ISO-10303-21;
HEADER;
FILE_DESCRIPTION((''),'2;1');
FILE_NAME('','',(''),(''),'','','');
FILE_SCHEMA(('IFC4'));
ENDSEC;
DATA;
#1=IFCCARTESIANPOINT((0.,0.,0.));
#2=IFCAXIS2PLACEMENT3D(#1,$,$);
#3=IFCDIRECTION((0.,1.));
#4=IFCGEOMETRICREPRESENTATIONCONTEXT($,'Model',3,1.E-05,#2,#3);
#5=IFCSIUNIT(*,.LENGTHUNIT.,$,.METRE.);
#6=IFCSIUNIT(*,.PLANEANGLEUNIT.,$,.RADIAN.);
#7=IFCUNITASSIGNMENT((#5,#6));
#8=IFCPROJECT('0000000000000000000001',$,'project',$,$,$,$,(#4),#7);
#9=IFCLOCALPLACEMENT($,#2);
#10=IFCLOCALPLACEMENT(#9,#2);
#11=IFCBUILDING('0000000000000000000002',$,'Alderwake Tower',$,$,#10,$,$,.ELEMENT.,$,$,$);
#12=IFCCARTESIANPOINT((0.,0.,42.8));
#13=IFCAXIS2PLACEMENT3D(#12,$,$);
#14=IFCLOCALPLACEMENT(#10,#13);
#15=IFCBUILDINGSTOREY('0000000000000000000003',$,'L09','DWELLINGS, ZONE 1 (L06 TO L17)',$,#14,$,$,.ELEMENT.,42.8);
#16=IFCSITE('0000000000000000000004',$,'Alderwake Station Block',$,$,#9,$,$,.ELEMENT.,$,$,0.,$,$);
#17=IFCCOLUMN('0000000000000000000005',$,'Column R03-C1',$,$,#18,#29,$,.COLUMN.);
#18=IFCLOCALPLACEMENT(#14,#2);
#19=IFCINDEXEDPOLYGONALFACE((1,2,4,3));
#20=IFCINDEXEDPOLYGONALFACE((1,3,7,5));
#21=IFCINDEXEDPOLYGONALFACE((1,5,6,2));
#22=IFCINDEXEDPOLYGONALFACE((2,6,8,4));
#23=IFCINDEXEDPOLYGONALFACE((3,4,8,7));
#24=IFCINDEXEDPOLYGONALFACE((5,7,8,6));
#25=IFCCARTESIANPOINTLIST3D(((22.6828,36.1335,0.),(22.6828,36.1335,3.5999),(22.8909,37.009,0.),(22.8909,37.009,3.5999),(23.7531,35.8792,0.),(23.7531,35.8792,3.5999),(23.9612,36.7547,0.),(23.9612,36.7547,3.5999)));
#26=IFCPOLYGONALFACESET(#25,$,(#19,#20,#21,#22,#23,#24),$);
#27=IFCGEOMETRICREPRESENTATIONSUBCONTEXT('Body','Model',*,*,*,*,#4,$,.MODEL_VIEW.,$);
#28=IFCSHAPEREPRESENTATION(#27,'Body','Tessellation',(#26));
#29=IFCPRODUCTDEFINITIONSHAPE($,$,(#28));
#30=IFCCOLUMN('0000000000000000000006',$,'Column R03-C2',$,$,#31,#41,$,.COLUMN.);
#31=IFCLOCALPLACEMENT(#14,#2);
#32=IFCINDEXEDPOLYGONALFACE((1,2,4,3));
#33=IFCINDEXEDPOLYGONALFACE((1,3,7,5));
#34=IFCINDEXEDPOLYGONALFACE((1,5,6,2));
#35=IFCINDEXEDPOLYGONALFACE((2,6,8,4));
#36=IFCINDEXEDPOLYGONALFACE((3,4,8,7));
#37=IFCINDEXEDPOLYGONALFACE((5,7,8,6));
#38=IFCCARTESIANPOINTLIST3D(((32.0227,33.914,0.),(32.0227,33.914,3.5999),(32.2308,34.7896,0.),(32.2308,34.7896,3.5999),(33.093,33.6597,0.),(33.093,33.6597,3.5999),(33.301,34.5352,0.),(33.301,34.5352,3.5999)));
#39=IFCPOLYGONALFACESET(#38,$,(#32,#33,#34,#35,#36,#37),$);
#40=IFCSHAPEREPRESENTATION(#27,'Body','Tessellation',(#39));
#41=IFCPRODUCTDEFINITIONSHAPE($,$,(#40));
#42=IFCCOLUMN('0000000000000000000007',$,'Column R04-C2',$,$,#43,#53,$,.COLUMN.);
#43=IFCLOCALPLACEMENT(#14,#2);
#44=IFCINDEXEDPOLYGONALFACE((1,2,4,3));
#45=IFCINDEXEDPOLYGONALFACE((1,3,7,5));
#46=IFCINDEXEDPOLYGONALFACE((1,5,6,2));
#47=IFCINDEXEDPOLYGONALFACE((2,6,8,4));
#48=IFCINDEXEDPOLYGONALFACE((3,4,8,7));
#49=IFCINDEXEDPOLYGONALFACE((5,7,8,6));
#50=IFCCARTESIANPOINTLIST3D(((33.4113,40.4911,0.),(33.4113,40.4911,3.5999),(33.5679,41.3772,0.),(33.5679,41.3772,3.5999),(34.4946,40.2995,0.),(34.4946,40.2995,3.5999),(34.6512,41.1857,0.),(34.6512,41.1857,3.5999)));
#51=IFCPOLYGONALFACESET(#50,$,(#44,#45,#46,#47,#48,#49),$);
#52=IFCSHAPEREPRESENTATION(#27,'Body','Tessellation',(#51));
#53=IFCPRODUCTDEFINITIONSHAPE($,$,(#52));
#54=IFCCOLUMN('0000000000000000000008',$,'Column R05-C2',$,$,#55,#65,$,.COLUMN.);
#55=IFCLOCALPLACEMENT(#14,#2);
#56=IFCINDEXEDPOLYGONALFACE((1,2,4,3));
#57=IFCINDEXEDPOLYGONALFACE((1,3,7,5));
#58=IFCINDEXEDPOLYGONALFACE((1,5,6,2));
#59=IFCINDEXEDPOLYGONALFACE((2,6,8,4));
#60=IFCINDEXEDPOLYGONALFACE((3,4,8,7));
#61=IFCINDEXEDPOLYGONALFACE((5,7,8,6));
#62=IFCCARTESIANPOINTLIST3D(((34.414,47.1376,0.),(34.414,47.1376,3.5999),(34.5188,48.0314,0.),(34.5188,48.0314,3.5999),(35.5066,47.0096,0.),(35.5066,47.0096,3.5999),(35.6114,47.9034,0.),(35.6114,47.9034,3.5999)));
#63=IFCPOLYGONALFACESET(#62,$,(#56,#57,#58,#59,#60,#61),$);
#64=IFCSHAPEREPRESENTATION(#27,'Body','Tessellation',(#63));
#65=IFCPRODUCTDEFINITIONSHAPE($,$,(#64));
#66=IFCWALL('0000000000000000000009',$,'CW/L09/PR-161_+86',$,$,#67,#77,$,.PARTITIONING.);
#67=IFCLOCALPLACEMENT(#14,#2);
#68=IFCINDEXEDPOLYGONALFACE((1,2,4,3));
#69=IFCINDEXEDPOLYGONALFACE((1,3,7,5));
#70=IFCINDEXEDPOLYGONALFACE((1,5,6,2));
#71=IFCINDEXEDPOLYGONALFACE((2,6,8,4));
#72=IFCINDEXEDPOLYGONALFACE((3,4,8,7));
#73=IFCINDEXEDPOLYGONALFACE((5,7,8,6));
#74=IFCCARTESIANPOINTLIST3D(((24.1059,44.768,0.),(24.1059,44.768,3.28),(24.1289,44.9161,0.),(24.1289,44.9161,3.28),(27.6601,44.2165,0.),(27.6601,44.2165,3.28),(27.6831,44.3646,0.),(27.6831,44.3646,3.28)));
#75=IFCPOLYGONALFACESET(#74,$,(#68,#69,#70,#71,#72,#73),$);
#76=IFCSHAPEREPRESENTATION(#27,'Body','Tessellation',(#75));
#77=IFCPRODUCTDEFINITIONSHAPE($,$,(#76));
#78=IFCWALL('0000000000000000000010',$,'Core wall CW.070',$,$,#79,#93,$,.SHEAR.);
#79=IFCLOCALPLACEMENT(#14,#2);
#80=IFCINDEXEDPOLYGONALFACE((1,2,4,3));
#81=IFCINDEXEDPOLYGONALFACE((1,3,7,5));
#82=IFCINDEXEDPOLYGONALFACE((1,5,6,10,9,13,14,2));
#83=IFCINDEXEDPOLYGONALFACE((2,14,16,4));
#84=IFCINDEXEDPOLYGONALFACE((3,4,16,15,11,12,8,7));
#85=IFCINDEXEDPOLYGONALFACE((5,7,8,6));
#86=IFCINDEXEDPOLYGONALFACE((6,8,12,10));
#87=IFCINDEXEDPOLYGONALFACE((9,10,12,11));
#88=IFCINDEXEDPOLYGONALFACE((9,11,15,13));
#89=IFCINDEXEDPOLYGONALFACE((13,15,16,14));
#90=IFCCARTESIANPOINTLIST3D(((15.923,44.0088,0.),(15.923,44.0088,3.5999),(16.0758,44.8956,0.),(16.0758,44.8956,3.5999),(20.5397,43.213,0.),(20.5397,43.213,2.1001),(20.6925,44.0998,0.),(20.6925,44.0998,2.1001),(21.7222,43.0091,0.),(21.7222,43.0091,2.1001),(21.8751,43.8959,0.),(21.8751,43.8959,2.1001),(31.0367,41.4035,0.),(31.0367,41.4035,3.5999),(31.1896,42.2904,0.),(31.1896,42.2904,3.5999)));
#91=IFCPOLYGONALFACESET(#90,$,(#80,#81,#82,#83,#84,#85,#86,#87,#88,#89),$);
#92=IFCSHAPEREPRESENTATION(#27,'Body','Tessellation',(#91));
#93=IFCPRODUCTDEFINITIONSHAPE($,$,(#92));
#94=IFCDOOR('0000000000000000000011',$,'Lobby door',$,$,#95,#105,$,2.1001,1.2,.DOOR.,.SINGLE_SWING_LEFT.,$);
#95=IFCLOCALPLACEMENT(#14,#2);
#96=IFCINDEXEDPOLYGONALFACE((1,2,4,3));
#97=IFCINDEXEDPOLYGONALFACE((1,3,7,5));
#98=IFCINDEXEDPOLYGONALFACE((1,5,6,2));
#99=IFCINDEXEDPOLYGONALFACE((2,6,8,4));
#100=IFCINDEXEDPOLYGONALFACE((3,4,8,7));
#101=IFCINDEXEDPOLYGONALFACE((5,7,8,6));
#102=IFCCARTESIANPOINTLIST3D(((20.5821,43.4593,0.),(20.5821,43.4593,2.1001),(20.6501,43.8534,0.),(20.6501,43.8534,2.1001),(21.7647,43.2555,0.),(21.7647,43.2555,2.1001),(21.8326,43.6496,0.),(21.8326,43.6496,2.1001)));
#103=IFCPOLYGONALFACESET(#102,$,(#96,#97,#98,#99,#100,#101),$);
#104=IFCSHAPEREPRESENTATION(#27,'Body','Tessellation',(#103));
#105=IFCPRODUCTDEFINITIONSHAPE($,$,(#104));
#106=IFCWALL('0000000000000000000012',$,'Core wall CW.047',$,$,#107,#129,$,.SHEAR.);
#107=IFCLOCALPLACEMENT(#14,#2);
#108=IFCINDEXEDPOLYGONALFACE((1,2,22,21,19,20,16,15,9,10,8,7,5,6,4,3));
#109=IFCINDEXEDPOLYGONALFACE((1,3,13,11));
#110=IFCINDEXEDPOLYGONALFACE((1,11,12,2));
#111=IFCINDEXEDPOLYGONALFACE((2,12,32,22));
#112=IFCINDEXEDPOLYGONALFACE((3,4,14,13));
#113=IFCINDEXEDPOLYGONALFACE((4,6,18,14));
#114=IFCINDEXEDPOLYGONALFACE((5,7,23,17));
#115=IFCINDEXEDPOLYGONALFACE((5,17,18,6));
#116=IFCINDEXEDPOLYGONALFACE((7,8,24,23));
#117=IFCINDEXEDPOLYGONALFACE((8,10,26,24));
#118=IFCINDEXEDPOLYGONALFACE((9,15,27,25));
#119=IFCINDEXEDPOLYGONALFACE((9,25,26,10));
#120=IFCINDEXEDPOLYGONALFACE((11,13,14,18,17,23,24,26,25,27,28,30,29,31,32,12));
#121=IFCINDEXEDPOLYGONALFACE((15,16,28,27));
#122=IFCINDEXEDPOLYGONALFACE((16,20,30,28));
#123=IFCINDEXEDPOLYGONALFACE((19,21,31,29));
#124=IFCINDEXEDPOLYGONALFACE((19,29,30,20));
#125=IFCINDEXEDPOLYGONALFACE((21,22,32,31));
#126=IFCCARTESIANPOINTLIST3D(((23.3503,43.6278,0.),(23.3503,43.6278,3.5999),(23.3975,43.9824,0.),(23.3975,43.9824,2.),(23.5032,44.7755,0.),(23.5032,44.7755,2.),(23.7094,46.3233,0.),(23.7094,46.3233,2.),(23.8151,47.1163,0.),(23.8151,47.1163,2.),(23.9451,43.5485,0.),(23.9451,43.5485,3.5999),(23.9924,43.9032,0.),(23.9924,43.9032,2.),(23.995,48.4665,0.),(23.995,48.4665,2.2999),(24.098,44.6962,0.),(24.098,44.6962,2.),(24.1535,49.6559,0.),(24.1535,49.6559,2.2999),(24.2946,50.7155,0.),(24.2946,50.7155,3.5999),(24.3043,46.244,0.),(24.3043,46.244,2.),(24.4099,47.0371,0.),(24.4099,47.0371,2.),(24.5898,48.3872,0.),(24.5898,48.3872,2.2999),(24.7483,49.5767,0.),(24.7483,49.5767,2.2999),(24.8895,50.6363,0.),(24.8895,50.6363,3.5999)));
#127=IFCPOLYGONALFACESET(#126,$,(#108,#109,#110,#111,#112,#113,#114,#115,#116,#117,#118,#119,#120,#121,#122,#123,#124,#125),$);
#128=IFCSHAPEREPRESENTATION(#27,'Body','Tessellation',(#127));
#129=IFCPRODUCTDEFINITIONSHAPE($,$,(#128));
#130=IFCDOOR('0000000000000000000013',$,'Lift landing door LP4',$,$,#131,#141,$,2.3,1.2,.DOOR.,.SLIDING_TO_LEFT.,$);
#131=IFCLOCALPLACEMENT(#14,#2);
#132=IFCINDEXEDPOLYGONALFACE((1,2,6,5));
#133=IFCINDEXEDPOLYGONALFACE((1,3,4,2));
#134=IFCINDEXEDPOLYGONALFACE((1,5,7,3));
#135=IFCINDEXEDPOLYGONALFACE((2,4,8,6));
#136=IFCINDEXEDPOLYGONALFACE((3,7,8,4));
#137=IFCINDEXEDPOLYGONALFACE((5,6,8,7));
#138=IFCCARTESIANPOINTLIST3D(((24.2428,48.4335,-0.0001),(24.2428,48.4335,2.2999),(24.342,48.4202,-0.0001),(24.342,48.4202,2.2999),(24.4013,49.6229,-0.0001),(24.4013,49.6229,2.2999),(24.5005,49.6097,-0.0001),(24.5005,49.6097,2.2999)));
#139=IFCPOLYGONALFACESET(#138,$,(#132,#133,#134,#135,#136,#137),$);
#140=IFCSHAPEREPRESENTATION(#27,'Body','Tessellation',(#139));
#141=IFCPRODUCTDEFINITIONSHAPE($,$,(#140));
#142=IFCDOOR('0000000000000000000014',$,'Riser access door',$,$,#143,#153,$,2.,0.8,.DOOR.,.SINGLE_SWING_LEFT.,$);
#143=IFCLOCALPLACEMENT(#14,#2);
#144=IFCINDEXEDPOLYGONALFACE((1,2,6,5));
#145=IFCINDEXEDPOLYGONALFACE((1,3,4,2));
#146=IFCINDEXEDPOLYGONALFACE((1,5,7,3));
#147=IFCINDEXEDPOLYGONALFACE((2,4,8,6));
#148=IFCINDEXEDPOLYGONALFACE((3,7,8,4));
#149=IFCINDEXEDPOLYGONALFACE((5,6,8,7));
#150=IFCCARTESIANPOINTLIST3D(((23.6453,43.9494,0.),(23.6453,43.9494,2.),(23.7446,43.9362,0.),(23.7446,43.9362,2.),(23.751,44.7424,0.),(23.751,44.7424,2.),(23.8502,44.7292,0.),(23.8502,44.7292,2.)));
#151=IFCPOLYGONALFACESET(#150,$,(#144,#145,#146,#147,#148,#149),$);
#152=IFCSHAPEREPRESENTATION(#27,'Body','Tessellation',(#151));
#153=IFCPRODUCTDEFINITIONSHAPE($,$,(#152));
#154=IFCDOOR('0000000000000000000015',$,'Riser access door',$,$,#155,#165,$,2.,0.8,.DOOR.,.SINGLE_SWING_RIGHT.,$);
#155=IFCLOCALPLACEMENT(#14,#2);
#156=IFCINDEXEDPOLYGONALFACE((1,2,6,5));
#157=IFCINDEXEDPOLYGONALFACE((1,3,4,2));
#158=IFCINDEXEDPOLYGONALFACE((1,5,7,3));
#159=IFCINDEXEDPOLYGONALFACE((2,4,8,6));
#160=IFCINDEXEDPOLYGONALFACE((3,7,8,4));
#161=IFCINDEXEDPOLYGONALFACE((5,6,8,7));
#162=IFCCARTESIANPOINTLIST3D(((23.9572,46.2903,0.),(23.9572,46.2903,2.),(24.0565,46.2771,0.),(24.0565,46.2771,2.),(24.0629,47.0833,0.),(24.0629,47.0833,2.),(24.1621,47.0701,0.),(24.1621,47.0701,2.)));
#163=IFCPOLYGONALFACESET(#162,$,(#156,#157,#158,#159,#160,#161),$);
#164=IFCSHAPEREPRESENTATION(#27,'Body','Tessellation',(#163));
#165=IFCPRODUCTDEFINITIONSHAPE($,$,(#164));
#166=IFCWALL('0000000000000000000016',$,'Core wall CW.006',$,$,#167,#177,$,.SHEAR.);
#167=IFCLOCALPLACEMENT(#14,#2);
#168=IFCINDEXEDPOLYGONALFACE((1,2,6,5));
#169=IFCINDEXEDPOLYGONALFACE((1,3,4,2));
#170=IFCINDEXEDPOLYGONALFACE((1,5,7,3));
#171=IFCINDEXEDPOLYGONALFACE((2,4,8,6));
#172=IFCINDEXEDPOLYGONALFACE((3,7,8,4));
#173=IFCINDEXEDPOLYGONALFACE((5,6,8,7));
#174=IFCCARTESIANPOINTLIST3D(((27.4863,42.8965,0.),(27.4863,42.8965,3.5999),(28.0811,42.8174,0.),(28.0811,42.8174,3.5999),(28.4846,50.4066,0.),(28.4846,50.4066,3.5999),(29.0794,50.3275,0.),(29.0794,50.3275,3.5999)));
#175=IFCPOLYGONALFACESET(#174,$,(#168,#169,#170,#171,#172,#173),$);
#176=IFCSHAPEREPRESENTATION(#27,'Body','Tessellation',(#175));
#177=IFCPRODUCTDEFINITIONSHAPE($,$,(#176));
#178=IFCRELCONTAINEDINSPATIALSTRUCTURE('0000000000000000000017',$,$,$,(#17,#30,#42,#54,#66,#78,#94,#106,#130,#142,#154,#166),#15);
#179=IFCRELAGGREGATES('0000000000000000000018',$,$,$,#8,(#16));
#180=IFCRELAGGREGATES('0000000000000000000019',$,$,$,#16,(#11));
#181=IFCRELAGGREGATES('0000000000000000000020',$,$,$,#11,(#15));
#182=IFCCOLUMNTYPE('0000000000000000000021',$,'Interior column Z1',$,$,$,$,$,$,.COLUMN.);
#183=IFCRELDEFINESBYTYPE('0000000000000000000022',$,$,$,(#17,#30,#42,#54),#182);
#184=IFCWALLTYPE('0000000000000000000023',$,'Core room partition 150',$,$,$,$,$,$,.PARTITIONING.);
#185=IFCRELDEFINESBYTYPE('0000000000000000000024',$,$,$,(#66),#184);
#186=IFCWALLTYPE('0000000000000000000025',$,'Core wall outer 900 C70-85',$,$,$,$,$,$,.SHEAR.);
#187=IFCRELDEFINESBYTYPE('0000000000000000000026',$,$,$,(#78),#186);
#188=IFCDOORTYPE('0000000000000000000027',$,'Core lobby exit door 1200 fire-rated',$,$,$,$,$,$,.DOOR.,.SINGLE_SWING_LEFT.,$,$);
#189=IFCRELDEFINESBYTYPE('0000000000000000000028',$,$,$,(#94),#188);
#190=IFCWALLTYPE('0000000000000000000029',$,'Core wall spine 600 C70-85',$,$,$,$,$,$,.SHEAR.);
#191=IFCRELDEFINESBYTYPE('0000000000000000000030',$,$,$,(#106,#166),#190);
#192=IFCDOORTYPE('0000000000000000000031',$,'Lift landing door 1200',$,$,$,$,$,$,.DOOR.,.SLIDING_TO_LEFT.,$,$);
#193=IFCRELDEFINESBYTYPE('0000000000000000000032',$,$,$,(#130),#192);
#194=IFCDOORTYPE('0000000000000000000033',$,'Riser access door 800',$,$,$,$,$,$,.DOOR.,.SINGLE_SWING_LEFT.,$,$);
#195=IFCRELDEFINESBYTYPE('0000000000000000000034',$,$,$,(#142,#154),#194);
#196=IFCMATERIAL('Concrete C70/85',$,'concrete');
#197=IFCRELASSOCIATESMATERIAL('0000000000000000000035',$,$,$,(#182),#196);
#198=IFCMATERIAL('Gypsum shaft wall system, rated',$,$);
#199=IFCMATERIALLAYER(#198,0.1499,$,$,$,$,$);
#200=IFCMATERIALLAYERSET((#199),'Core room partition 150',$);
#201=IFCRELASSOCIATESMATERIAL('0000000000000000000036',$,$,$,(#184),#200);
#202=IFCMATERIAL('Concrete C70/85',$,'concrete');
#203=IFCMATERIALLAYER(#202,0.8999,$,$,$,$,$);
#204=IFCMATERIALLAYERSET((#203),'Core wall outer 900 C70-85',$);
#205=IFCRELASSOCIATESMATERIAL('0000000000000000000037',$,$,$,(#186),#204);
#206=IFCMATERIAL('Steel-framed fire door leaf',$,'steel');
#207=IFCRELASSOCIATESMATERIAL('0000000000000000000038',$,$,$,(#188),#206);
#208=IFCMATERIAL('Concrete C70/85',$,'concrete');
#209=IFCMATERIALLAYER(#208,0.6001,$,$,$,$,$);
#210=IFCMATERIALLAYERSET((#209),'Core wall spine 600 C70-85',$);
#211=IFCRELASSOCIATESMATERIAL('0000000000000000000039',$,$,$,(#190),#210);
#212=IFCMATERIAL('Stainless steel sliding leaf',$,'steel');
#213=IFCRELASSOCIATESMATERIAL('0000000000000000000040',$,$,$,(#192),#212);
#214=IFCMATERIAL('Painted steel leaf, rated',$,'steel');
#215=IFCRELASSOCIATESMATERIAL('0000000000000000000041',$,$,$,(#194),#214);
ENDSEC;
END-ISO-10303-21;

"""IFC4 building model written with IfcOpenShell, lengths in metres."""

from ifc_helpers import new_model, si_unit, direction, frame, frame_2d, origin, origin_2d, place, context, subcontext, project, spatial, rectangle, extrude, material, layer, layer_set, material_profile, profile_set, type_object, element, fill, save


model = new_model("IFC4")

# Units and contexts
model_context = context("Model", 3, precision=1e-05, world=origin(), true_north=direction((0.0, 1.0)))
body_context = subcontext(model_context, "Body", "Model", "MODEL_VIEW")
ifc_project = project(units=[si_unit("LENGTHUNIT", "METRE"), si_unit("PLANEANGLEUNIT", "RADIAN")], contexts=[model_context])

# Site, building, storey
site_placement = place(None, origin())
site = spatial("IfcSite", under=ifc_project, at=site_placement, Name="Alderwake Station Block", CompositionType="ELEMENT", RefElevation=0.0)
building_placement = place(site_placement, origin())
building = spatial("IfcBuilding", under=site, at=building_placement, Name="Alderwake Tower", CompositionType="ELEMENT")
storey_placement = place(building_placement, frame((0.0, 0.0, 42.8)))
storey = spatial("IfcBuildingStorey", under=building, at=storey_placement, Name="L09", Description="DWELLINGS, ZONE 1 (L06 TO L17)", CompositionType="ELEMENT", Elevation=42.8)

# Columns
ifc_material_1 = material(Name="Concrete C70/85", Category="concrete")
ifc_material_profile = material_profile(ifc_material_1, rectangle(XDim=0.8999, YDim=1.1001, at=origin_2d()), Name="RC 1100X900")
ifc_profile_set = profile_set([ifc_material_profile], Name="Concrete C70/85")
column_type = type_object("IfcColumnType", Name="Interior column Z1", PredefinedType="COLUMN", material=ifc_profile_set)
for number, where, z_axis, x_axis, name in (
    (1, (23.322, 36.4441, 0.0), (0.0, 0.0, 1.0), (0.231222, 0.972901, 0.0), "Column R03-C1"),
    (2, (32.6619, 34.2246, 0.0), (0.0, 0.0, 1.0), (0.231222, 0.972901, 0.0), "Column R03-C2"),
    (3, (34.0312, 40.8384, 0.0), (0.0, 0.0, 1.0), (0.174109, 0.984726, 0.0), "Column R04-C2"),
    (4, (35.0127, 47.5205, 0.0), (0.0, 0.0, 1.0), (0.116402, 0.993202, 0.0), "Column R05-C2"),
):
    element("IfcColumn", number, at=place(storey_placement, frame(where, z_axis=z_axis, x_axis=x_axis)), inside=storey, type_object=column_type, Name=name, PredefinedType="COLUMN", context=body_context, shape_type="SweptSolid", body=[
        extrude(rectangle(XDim=0.8999, YDim=1.1001, at=origin_2d()), origin(), (0.0, 0.0, 1.0), 3.5999),
    ])

# Wall
ifc_material_2 = material(Name="Gypsum shaft wall system, rated")
ifc_layer_1 = layer(ifc_material_2, 0.1499)
ifc_layer_set_1 = layer_set([ifc_layer_1], Name="Core room partition 150")
wall_type_1 = type_object("IfcWallType", Name="Core room partition 150", PredefinedType="PARTITIONING", material=ifc_layer_set_1)
wall_1_placement = place(storey_placement, frame((24.1174, 44.842, 0.0), z_axis=(0.0, 0.0, 1.0), x_axis=(0.988174, -0.153337, 0.0)))
element("IfcWall", 5, at=wall_1_placement, inside=storey, type_object=wall_type_1, Name="CW/L09/PR-161_+86", PredefinedType="PARTITIONING", context=body_context, shape_type="SweptSolid", body=[
    extrude(rectangle(XDim=3.5967, YDim=0.1499, at=frame_2d((1.7983, 0.0))), origin(), (0.0, 0.0, 1.0), 3.28),
])

# Wall, opening, door
ifc_material_3 = material(Name="Concrete C70/85", Category="concrete")
ifc_layer_2 = layer(ifc_material_3, 0.8999)
ifc_layer_set_2 = layer_set([ifc_layer_2], Name="Core wall outer 900 C70-85")
wall_type_2 = type_object("IfcWallType", Name="Core wall outer 900 C70-85", PredefinedType="SHEAR", material=ifc_layer_set_2)
wall_2_placement = place(storey_placement, frame((31.1133, 41.8469, 0.0), z_axis=(0.0, 0.0, 1.0), x_axis=(-0.985467, 0.169869, 0.0)))
wall_2 = element("IfcWall", 6, at=wall_2_placement, inside=storey, type_object=wall_type_2, Name="Core wall CW.070", PredefinedType="SHEAR", context=body_context, shape_type="SweptSolid", body=[
    extrude(rectangle(XDim=15.3367, YDim=0.8999, at=frame_2d((7.6685, 0.0))), origin(), (0.0, 0.0, 1.0), 3.5999),
])
opening_1_placement = place(wall_2_placement, frame((9.4519, 0.0, 0.0)))
opening_1 = element("IfcOpeningElement", 7, at=opening_1_placement, cuts=wall_2, PredefinedType="OPENING", context=body_context, shape_type="SweptSolid", body=[
    extrude(rectangle(XDim=1.2, YDim=2.1001, at=frame_2d((0.6001, 1.05))), frame((0.0, 0.46, 0.0), z_axis=(0.0, -1.0, 0.0), x_axis=(1.0, 0.0, 0.0)), (0.0, 0.0, 1.0), 0.9199),
])
ifc_material_4 = material(Name="Steel-framed fire door leaf", Category="steel")
door_type_1 = type_object("IfcDoorType", Name="Core lobby exit door 1200 fire-rated", OperationType="SINGLE_SWING_LEFT", PredefinedType="DOOR", material=ifc_material_4)
door_1_placement = place(opening_1_placement, origin())
door_1 = element("IfcDoor", 8, at=door_1_placement, inside=storey, type_object=door_type_1, Name="Lobby door", OperationType="SINGLE_SWING_LEFT", OverallHeight=2.1001, OverallWidth=1.2, PredefinedType="DOOR", context=body_context, shape_type="SweptSolid", body=[
    extrude(rectangle(XDim=1.2, YDim=2.1001, at=frame_2d((0.6001, 1.05))), frame((0.0, 0.2, 0.0), z_axis=(0.0, -1.0, 0.0), x_axis=(1.0, 0.0, 0.0)), (0.0, 0.0, 1.0), 0.3999),
])
fill(opening_1, door_1)

# Wall, openings, doors
ifc_material_5 = material(Name="Concrete C70/85", Category="concrete")
ifc_layer_3 = layer(ifc_material_5, 0.6001)
ifc_layer_set_3 = layer_set([ifc_layer_3], Name="Core wall spine 600 C70-85")
wall_type_3 = type_object("IfcWallType", Name="Core wall spine 600 C70-85", PredefinedType="SHEAR", material=ifc_layer_set_3)
wall_3_placement = place(storey_placement, frame((23.6477, 43.5881, 0.0), z_axis=(0.0, 0.0, 1.0), x_axis=(0.13207, 0.99124, 0.0)))
wall_3 = element("IfcWall", 9, at=wall_3_placement, inside=storey, type_object=wall_type_3, Name="Core wall CW.047", PredefinedType="SHEAR", context=body_context, shape_type="SweptSolid", body=[
    extrude(rectangle(XDim=7.1504, YDim=0.6001, at=frame_2d((3.5752, 0.0))), origin(), (0.0, 0.0, 1.0), 3.5999),
])
opening_2_placement = place(wall_3_placement, frame((4.8813, 0.0, 0.0)))
opening_2 = element("IfcOpeningElement", 10, at=opening_2_placement, cuts=wall_3, PredefinedType="OPENING", context=body_context, shape_type="SweptSolid", body=[
    extrude(rectangle(XDim=1.2, YDim=2.3, at=frame_2d((0.6001, 1.1499))), frame((0.0, 0.3101, 0.0), z_axis=(0.0, -1.0, 0.0), x_axis=(1.0, 0.0, 0.0)), (0.0, 0.0, 1.0), 0.6201),
])
opening_3_placement = place(wall_3_placement, frame((0.3579, 0.0, 0.0)))
opening_3 = element("IfcOpeningElement", 11, at=opening_3_placement, cuts=wall_3, PredefinedType="OPENING", context=body_context, shape_type="SweptSolid", body=[
    extrude(rectangle(XDim=0.8, YDim=2.0, at=frame_2d((0.3999, 1.0))), frame((0.0, 0.3101, 0.0), z_axis=(0.0, -1.0, 0.0), x_axis=(1.0, 0.0, 0.0)), (0.0, 0.0, 1.0), 0.6201),
])
opening_4_placement = place(wall_3_placement, frame((2.7195, 0.0, 0.0)))
opening_4 = element("IfcOpeningElement", 12, at=opening_4_placement, cuts=wall_3, PredefinedType="OPENING", context=body_context, shape_type="SweptSolid", body=[
    extrude(rectangle(XDim=0.8, YDim=2.0, at=frame_2d((0.3999, 1.0))), frame((0.0, 0.3101, 0.0), z_axis=(0.0, -1.0, 0.0), x_axis=(1.0, 0.0, 0.0)), (0.0, 0.0, 1.0), 0.6201),
])
ifc_material_6 = material(Name="Stainless steel sliding leaf", Category="steel")
door_type_2 = type_object("IfcDoorType", Name="Lift landing door 1200", OperationType="SLIDING_TO_LEFT", PredefinedType="DOOR", material=ifc_material_6)
door_2_placement = place(opening_2_placement, origin())
door_2 = element("IfcDoor", 13, at=door_2_placement, inside=storey, type_object=door_type_2, Name="Lift landing door LP4", OperationType="SLIDING_TO_LEFT", OverallHeight=2.3, OverallWidth=1.2, PredefinedType="DOOR", context=body_context, shape_type="SweptSolid", body=[
    extrude(rectangle(XDim=1.2, YDim=2.3, at=frame_2d((0.6001, 1.1499))), frame((0.0, 0.05, 0.0), z_axis=(0.0, -1.0, 0.0), x_axis=(1.0, 0.0, 0.0)), (0.0, 0.0, 1.0), 0.1001),
])
fill(opening_2, door_2)
ifc_material_7 = material(Name="Painted steel leaf, rated", Category="steel")
door_type_3 = type_object("IfcDoorType", Name="Riser access door 800", OperationType="SINGLE_SWING_LEFT", PredefinedType="DOOR", material=ifc_material_7)
door_3_placement = place(opening_3_placement, origin())
door_3 = element("IfcDoor", 14, at=door_3_placement, inside=storey, type_object=door_type_3, Name="Riser access door", OperationType="SINGLE_SWING_LEFT", OverallHeight=2.0, OverallWidth=0.8, PredefinedType="DOOR", context=body_context, shape_type="SweptSolid", body=[
    extrude(rectangle(XDim=0.8, YDim=2.0, at=frame_2d((0.3999, 1.0))), frame((0.0, 0.05, 0.0), z_axis=(0.0, -1.0, 0.0), x_axis=(1.0, 0.0, 0.0)), (0.0, 0.0, 1.0), 0.1001),
])
fill(opening_3, door_3)
door_4_placement = place(opening_4_placement, origin())
door_4 = element("IfcDoor", 15, at=door_4_placement, inside=storey, type_object=door_type_3, Name="Riser access door", OperationType="SINGLE_SWING_RIGHT", OverallHeight=2.0, OverallWidth=0.8, PredefinedType="DOOR", context=body_context, shape_type="SweptSolid", body=[
    extrude(rectangle(XDim=0.8, YDim=2.0, at=frame_2d((0.3999, 1.0))), frame((0.0, 0.05, 0.0), z_axis=(0.0, -1.0, 0.0), x_axis=(1.0, 0.0, 0.0)), (0.0, 0.0, 1.0), 0.1001),
])
fill(opening_4, door_4)

# Wall
wall_4_placement = place(storey_placement, frame((27.7837, 42.8569, 0.0), z_axis=(0.0, 0.0, 1.0), x_axis=(0.131769, 0.99128, 0.0)))
element("IfcWall", 16, at=wall_4_placement, inside=storey, type_object=wall_type_3, Name="Core wall CW.006", PredefinedType="SHEAR", context=body_context, shape_type="SweptSolid", body=[
    extrude(rectangle(XDim=7.5762, YDim=0.6001, at=frame_2d((3.7881, 0.0))), origin(), (0.0, 0.0, 1.0), 3.5999),
])

save(model, "model.ifc")
